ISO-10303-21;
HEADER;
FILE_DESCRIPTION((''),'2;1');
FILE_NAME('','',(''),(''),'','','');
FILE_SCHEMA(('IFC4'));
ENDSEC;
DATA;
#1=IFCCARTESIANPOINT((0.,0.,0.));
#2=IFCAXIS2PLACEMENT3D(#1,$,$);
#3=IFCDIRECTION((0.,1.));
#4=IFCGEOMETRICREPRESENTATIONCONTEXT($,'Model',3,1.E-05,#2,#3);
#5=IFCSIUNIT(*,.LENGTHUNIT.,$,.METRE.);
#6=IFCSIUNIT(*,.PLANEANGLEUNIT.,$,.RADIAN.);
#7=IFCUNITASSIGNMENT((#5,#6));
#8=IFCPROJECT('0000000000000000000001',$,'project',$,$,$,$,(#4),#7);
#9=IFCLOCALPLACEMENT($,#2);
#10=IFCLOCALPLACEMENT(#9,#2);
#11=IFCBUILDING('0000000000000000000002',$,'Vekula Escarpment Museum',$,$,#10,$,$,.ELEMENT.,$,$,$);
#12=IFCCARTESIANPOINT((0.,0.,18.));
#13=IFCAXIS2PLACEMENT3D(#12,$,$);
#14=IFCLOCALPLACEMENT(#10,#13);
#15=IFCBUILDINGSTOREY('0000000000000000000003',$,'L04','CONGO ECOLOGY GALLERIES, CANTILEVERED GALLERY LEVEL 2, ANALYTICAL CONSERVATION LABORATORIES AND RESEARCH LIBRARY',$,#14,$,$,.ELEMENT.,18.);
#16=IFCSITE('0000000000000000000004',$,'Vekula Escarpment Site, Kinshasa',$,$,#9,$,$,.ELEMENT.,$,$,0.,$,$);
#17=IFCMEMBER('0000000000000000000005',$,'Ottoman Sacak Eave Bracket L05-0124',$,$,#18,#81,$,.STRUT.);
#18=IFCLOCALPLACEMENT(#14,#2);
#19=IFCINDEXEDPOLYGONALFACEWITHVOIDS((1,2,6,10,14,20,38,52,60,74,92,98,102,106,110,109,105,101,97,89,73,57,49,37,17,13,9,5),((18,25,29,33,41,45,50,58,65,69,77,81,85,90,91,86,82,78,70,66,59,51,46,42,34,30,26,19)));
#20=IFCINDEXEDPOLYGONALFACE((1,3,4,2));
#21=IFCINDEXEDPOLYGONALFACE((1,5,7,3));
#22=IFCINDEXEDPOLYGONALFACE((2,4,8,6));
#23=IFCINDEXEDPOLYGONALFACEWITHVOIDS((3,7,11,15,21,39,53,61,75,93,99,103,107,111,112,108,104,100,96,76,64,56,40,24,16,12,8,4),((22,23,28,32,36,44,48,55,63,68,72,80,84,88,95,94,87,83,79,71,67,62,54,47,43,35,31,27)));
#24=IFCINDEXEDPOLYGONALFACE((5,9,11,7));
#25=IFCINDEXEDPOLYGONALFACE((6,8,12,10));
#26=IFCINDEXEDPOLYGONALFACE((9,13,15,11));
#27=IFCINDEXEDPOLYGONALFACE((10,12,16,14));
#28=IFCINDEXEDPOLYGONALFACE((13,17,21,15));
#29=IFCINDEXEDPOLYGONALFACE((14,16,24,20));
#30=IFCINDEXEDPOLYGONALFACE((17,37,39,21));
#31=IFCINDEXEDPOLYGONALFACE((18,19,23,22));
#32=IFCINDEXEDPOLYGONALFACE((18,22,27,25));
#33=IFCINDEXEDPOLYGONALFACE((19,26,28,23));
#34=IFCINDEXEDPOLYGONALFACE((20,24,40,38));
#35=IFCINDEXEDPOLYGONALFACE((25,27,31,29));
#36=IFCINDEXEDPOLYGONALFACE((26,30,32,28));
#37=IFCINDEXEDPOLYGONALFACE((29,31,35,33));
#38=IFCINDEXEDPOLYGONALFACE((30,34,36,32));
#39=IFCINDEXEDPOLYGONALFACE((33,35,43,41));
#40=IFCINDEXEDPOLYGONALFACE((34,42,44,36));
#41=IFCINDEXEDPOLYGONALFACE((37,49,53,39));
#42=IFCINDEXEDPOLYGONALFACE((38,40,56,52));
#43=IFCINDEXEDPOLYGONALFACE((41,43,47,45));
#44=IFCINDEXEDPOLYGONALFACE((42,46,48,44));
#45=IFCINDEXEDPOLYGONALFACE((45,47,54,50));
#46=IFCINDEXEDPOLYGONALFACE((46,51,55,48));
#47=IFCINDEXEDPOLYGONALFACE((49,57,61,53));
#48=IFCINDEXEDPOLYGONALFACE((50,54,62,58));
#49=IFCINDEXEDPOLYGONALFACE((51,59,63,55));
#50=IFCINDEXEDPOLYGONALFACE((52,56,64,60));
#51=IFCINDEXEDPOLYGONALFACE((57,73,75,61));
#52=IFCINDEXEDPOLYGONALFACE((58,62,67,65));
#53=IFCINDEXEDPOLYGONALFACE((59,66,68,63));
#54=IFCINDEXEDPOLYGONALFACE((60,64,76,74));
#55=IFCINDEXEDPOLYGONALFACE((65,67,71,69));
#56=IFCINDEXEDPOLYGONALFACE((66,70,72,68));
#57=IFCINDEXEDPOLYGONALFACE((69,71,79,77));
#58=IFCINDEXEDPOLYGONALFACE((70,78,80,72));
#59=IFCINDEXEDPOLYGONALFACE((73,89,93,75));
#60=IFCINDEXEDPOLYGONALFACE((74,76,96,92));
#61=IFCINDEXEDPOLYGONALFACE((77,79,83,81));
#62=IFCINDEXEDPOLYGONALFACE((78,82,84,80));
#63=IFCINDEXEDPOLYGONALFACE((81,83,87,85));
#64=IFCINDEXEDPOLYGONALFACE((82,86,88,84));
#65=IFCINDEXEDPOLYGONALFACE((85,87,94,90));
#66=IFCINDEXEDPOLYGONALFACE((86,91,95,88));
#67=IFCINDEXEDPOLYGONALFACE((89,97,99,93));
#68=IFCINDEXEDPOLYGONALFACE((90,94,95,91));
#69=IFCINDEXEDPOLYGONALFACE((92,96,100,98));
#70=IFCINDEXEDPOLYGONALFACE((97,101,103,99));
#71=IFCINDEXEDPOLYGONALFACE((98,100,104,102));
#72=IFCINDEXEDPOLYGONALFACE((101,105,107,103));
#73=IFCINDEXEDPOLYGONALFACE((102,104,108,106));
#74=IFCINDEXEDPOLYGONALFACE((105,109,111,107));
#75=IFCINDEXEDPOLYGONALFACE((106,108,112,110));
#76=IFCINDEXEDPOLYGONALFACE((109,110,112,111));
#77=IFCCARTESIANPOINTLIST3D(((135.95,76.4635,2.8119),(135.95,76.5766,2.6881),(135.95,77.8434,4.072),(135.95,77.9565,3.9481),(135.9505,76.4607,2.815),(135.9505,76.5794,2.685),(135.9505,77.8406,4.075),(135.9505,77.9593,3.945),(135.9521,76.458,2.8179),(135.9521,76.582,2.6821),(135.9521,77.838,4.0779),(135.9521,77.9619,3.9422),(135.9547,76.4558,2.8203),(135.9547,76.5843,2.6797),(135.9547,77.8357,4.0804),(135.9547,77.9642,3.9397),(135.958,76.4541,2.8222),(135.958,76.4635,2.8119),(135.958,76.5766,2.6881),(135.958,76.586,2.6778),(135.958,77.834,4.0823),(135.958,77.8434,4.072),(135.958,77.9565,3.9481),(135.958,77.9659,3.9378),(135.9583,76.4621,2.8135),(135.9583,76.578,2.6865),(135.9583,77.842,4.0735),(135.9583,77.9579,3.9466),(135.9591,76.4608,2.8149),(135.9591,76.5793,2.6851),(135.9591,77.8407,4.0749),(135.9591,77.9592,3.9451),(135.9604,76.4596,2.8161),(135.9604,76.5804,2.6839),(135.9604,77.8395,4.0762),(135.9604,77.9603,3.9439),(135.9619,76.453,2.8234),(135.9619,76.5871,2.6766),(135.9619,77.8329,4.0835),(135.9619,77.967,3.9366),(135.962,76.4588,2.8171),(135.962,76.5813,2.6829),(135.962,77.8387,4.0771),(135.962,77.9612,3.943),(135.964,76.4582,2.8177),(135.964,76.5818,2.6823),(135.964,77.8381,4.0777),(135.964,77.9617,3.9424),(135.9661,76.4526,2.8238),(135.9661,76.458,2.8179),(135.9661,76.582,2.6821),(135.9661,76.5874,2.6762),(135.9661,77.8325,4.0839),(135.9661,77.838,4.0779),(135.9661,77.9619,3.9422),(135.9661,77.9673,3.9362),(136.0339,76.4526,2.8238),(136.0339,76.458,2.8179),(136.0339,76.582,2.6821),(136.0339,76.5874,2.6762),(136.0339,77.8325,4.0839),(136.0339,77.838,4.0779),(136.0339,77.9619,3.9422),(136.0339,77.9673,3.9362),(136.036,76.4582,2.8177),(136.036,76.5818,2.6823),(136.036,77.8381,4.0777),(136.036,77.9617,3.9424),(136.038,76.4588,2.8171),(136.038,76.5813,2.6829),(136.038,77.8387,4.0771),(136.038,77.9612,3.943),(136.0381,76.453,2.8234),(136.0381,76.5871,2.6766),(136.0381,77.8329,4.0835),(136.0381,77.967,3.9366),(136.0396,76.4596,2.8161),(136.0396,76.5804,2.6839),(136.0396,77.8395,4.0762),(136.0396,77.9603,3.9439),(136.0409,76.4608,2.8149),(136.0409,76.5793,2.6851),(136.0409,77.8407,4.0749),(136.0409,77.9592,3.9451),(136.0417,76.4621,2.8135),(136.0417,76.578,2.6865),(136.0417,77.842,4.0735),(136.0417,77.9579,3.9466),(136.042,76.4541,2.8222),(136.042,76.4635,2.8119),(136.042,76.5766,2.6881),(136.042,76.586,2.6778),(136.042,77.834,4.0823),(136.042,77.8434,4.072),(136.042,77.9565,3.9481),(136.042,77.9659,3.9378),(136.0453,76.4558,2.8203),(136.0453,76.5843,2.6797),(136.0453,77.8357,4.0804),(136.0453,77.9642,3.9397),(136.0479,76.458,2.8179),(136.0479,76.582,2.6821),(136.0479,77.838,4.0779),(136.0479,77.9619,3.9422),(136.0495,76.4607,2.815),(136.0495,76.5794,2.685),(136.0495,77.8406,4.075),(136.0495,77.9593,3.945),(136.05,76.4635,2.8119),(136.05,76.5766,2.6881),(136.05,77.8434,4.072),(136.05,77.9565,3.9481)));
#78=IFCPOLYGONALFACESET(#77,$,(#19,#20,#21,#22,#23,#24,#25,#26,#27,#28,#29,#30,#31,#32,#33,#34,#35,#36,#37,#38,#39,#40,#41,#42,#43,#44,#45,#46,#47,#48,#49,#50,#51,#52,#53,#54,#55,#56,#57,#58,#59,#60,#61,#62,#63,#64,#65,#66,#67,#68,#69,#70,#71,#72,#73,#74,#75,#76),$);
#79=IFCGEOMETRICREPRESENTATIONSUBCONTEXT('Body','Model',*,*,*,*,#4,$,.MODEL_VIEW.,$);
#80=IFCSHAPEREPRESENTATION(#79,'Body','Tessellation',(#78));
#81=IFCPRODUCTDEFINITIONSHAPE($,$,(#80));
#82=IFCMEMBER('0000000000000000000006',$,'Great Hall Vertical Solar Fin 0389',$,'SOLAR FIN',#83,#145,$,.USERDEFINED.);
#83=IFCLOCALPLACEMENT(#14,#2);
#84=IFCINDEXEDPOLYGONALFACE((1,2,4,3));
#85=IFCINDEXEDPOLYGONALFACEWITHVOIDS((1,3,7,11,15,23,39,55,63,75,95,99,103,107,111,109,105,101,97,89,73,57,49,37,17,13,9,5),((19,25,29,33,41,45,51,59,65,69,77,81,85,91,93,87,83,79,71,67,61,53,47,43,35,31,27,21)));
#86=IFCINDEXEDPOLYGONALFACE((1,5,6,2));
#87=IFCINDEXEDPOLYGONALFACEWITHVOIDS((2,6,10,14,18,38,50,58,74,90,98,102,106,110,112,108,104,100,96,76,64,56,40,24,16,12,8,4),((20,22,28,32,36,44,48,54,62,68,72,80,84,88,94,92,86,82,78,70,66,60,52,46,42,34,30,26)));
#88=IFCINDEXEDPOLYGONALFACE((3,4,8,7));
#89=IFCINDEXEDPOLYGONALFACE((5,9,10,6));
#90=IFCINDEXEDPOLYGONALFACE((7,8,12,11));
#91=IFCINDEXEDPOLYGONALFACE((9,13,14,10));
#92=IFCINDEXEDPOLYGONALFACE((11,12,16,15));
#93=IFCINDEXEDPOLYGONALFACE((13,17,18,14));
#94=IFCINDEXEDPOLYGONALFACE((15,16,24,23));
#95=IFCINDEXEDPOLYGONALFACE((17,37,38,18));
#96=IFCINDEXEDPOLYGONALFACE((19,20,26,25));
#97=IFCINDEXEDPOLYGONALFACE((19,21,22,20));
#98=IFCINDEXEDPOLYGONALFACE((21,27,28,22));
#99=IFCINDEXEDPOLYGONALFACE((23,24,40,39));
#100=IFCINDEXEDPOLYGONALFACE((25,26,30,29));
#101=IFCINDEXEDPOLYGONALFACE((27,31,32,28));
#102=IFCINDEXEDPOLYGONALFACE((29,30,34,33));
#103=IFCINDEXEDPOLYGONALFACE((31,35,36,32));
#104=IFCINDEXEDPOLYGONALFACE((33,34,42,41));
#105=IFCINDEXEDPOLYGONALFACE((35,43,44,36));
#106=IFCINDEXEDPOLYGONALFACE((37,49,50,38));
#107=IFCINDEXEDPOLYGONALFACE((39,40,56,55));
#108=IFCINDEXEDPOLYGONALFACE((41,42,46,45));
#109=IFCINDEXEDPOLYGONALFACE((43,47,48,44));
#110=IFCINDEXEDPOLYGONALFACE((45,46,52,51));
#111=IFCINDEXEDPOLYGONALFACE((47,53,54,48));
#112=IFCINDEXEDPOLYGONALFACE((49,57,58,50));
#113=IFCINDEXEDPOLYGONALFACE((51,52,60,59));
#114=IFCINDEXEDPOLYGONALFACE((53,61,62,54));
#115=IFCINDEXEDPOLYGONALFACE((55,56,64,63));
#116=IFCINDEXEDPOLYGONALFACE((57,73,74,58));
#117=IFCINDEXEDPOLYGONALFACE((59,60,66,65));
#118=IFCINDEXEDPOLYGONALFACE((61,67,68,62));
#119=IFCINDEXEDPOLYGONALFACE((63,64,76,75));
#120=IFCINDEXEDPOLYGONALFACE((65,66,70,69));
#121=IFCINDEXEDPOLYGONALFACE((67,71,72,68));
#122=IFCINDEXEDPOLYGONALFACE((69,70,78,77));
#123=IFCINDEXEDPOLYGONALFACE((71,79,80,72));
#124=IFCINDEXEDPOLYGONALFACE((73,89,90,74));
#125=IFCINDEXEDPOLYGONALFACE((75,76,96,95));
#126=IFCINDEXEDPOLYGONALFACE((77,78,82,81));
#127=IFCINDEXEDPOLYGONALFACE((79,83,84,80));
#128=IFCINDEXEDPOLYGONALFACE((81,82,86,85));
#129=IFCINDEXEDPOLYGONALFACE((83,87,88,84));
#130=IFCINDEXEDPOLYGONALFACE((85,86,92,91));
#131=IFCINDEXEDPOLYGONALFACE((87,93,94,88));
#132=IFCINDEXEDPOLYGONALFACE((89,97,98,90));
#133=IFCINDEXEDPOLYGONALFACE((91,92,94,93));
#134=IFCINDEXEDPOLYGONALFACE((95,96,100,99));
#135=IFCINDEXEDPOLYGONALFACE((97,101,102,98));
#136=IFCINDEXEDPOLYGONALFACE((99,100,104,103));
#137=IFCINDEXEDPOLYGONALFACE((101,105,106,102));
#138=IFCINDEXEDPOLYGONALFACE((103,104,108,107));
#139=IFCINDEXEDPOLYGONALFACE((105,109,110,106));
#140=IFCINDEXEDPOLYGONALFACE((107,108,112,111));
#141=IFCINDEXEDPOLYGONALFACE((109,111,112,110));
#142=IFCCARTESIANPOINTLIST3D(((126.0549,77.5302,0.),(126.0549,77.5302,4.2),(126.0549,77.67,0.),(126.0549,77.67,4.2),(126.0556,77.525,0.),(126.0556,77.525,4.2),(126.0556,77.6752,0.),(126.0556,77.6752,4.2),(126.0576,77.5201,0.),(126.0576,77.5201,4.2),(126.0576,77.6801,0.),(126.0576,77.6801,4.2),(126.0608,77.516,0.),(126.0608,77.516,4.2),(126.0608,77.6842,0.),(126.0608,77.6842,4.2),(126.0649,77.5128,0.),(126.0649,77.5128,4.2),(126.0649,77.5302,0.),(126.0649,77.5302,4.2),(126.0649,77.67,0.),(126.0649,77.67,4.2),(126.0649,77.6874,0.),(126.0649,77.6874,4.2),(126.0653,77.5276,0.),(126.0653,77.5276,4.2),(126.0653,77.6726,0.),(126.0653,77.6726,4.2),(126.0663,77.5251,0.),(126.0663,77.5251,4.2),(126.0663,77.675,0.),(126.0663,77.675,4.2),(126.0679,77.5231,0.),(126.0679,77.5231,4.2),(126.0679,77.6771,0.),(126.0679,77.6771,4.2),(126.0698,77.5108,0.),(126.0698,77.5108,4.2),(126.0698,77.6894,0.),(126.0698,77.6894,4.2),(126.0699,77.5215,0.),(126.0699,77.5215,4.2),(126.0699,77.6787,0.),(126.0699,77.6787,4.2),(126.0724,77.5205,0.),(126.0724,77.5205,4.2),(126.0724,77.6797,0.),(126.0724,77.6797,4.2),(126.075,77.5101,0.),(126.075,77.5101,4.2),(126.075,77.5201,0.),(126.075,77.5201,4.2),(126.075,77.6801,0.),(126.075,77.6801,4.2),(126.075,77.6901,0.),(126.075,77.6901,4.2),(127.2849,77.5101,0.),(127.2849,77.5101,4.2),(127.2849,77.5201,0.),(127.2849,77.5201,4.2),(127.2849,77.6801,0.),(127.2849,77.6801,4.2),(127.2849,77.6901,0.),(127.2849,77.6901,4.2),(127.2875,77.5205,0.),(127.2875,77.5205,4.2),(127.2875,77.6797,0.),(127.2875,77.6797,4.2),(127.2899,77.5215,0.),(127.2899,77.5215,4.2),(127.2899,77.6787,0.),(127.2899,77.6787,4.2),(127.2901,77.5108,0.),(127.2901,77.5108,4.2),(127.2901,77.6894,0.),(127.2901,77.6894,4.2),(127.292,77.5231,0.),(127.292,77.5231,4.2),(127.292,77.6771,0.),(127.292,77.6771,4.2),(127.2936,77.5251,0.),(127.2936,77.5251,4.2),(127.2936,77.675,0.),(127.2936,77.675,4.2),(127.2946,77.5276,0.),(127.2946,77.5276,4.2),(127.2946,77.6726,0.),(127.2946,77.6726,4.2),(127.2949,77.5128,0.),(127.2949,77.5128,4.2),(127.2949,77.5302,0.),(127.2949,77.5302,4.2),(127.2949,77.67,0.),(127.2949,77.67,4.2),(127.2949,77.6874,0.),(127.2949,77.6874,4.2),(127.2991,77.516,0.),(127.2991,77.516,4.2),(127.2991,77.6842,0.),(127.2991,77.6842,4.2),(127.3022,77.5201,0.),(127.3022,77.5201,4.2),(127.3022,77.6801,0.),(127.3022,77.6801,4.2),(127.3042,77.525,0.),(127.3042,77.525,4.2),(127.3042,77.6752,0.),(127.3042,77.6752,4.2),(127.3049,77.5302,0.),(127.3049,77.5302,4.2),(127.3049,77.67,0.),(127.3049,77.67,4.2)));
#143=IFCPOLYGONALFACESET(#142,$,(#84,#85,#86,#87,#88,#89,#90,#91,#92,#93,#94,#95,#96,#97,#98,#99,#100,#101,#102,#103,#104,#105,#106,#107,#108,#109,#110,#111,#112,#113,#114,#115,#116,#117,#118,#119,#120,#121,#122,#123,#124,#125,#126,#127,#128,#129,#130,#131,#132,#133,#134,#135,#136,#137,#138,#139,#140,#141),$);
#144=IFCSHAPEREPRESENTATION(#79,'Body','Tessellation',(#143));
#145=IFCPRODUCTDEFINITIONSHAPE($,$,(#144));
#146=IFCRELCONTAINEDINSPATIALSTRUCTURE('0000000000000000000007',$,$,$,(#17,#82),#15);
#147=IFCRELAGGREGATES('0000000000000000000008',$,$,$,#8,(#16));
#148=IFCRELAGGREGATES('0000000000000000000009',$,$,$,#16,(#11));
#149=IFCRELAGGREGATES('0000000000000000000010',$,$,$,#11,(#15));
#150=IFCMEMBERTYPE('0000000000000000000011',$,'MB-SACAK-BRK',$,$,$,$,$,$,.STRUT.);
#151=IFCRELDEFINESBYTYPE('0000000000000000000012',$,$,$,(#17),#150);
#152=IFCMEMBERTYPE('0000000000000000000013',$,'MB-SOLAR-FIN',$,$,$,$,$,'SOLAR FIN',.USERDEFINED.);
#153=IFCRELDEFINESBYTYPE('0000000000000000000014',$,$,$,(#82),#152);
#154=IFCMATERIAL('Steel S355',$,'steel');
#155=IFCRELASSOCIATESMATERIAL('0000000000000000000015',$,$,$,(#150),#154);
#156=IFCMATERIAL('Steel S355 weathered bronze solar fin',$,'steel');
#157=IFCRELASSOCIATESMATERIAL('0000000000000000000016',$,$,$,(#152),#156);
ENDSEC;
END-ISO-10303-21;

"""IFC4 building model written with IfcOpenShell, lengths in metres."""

from ifc_helpers import new_model, si_unit, direction, frame, origin, origin_2d, place, context, subcontext, project, spatial, hollow_rectangle, extrude, material, material_profile, profile_set, type_object, element, save


model = new_model("IFC4")

# Units and contexts
model_context = context("Model", 3, precision=1e-05, world=origin(), true_north=direction((0.0, 1.0)))
body_context = subcontext(model_context, "Body", "Model", "MODEL_VIEW")
ifc_project = project(units=[si_unit("LENGTHUNIT", "METRE"), si_unit("PLANEANGLEUNIT", "RADIAN")], contexts=[model_context])

# Site, building, storey
site_placement = place(None, origin())
site = spatial("IfcSite", under=ifc_project, at=site_placement, Name="Vekula Escarpment Site, Kinshasa", CompositionType="ELEMENT", RefElevation=0.0)
building_placement = place(site_placement, origin())
building = spatial("IfcBuilding", under=site, at=building_placement, Name="Vekula Escarpment Museum", CompositionType="ELEMENT")
storey_placement = place(building_placement, frame((0.0, 0.0, 18.0)))
storey = spatial("IfcBuildingStorey", under=building, at=storey_placement, Name="L04", Description="CONGO ECOLOGY GALLERIES, CANTILEVERED GALLERY LEVEL 2, ANALYTICAL CONSERVATION LABORATORIES AND RESEARCH LIBRARY", CompositionType="ELEMENT", Elevation=18.0)

# Members
ifc_material_1 = material(Name="Steel S355", Category="steel")
ifc_material_profile_1 = material_profile(ifc_material_1, hollow_rectangle(XDim=0.1001, YDim=0.2, WallThickness=0.0081, InnerFilletRadius=0.0081, OuterFilletRadius=0.0161, at=origin_2d()), Name="RHS 200x100x8")
ifc_profile_set_1 = profile_set([ifc_material_profile_1], Name="Steel S355")
member_type_1 = type_object("IfcMemberType", Name="MB-SACAK-BRK", PredefinedType="STRUT", material=ifc_profile_set_1)
member_1_placement = place(storey_placement, frame((136.0, 76.52, 2.75), z_axis=(0.0, 0.738454, 0.674303), x_axis=(-1.0, 0.0, 0.0)))
element("IfcMember", 1, at=member_1_placement, inside=storey, type_object=member_type_1, Name="Ottoman Sacak Eave Bracket L05-0124", PredefinedType="STRUT", context=body_context, shape_type="SweptSolid", body=[
    extrude(hollow_rectangle(XDim=0.1001, YDim=0.2, WallThickness=0.0081, InnerFilletRadius=0.0081, OuterFilletRadius=0.0161, at=origin_2d()), origin(), (0.0, 0.0, 1.0), 1.8687),
])
ifc_material_2 = material(Name="Steel S355 weathered bronze solar fin", Category="steel")
ifc_material_profile_2 = material_profile(ifc_material_2, hollow_rectangle(XDim=0.1799, YDim=1.25, WallThickness=0.01, InnerFilletRadius=0.01, OuterFilletRadius=0.02, at=origin_2d()), Name="RHS 1250x180x10")
ifc_profile_set_2 = profile_set([ifc_material_profile_2], Name="Steel S355 weathered bronze solar fin")
member_type_2 = type_object("IfcMemberType", Name="MB-SOLAR-FIN", ElementType="SOLAR FIN", PredefinedType="USERDEFINED", material=ifc_profile_set_2)
for number, where, z_axis, x_axis, name in (
    (2, (126.6799, 77.6001, 0.0), (0.0, 0.0, 1.0), (0.0, 1.0, 0.0), "Great Hall Vertical Solar Fin 0389"),
):
    element("IfcMember", number, at=place(storey_placement, frame(where, z_axis=z_axis, x_axis=x_axis)), inside=storey, type_object=member_type_2, Name=name, ObjectType="SOLAR FIN", PredefinedType="USERDEFINED", context=body_context, shape_type="SweptSolid", body=[
        extrude(hollow_rectangle(XDim=0.1799, YDim=1.25, WallThickness=0.01, InnerFilletRadius=0.01, OuterFilletRadius=0.02, at=origin_2d()), origin(), (0.0, 0.0, 1.0), 4.2),
    ])

save(model, "model.ifc")
